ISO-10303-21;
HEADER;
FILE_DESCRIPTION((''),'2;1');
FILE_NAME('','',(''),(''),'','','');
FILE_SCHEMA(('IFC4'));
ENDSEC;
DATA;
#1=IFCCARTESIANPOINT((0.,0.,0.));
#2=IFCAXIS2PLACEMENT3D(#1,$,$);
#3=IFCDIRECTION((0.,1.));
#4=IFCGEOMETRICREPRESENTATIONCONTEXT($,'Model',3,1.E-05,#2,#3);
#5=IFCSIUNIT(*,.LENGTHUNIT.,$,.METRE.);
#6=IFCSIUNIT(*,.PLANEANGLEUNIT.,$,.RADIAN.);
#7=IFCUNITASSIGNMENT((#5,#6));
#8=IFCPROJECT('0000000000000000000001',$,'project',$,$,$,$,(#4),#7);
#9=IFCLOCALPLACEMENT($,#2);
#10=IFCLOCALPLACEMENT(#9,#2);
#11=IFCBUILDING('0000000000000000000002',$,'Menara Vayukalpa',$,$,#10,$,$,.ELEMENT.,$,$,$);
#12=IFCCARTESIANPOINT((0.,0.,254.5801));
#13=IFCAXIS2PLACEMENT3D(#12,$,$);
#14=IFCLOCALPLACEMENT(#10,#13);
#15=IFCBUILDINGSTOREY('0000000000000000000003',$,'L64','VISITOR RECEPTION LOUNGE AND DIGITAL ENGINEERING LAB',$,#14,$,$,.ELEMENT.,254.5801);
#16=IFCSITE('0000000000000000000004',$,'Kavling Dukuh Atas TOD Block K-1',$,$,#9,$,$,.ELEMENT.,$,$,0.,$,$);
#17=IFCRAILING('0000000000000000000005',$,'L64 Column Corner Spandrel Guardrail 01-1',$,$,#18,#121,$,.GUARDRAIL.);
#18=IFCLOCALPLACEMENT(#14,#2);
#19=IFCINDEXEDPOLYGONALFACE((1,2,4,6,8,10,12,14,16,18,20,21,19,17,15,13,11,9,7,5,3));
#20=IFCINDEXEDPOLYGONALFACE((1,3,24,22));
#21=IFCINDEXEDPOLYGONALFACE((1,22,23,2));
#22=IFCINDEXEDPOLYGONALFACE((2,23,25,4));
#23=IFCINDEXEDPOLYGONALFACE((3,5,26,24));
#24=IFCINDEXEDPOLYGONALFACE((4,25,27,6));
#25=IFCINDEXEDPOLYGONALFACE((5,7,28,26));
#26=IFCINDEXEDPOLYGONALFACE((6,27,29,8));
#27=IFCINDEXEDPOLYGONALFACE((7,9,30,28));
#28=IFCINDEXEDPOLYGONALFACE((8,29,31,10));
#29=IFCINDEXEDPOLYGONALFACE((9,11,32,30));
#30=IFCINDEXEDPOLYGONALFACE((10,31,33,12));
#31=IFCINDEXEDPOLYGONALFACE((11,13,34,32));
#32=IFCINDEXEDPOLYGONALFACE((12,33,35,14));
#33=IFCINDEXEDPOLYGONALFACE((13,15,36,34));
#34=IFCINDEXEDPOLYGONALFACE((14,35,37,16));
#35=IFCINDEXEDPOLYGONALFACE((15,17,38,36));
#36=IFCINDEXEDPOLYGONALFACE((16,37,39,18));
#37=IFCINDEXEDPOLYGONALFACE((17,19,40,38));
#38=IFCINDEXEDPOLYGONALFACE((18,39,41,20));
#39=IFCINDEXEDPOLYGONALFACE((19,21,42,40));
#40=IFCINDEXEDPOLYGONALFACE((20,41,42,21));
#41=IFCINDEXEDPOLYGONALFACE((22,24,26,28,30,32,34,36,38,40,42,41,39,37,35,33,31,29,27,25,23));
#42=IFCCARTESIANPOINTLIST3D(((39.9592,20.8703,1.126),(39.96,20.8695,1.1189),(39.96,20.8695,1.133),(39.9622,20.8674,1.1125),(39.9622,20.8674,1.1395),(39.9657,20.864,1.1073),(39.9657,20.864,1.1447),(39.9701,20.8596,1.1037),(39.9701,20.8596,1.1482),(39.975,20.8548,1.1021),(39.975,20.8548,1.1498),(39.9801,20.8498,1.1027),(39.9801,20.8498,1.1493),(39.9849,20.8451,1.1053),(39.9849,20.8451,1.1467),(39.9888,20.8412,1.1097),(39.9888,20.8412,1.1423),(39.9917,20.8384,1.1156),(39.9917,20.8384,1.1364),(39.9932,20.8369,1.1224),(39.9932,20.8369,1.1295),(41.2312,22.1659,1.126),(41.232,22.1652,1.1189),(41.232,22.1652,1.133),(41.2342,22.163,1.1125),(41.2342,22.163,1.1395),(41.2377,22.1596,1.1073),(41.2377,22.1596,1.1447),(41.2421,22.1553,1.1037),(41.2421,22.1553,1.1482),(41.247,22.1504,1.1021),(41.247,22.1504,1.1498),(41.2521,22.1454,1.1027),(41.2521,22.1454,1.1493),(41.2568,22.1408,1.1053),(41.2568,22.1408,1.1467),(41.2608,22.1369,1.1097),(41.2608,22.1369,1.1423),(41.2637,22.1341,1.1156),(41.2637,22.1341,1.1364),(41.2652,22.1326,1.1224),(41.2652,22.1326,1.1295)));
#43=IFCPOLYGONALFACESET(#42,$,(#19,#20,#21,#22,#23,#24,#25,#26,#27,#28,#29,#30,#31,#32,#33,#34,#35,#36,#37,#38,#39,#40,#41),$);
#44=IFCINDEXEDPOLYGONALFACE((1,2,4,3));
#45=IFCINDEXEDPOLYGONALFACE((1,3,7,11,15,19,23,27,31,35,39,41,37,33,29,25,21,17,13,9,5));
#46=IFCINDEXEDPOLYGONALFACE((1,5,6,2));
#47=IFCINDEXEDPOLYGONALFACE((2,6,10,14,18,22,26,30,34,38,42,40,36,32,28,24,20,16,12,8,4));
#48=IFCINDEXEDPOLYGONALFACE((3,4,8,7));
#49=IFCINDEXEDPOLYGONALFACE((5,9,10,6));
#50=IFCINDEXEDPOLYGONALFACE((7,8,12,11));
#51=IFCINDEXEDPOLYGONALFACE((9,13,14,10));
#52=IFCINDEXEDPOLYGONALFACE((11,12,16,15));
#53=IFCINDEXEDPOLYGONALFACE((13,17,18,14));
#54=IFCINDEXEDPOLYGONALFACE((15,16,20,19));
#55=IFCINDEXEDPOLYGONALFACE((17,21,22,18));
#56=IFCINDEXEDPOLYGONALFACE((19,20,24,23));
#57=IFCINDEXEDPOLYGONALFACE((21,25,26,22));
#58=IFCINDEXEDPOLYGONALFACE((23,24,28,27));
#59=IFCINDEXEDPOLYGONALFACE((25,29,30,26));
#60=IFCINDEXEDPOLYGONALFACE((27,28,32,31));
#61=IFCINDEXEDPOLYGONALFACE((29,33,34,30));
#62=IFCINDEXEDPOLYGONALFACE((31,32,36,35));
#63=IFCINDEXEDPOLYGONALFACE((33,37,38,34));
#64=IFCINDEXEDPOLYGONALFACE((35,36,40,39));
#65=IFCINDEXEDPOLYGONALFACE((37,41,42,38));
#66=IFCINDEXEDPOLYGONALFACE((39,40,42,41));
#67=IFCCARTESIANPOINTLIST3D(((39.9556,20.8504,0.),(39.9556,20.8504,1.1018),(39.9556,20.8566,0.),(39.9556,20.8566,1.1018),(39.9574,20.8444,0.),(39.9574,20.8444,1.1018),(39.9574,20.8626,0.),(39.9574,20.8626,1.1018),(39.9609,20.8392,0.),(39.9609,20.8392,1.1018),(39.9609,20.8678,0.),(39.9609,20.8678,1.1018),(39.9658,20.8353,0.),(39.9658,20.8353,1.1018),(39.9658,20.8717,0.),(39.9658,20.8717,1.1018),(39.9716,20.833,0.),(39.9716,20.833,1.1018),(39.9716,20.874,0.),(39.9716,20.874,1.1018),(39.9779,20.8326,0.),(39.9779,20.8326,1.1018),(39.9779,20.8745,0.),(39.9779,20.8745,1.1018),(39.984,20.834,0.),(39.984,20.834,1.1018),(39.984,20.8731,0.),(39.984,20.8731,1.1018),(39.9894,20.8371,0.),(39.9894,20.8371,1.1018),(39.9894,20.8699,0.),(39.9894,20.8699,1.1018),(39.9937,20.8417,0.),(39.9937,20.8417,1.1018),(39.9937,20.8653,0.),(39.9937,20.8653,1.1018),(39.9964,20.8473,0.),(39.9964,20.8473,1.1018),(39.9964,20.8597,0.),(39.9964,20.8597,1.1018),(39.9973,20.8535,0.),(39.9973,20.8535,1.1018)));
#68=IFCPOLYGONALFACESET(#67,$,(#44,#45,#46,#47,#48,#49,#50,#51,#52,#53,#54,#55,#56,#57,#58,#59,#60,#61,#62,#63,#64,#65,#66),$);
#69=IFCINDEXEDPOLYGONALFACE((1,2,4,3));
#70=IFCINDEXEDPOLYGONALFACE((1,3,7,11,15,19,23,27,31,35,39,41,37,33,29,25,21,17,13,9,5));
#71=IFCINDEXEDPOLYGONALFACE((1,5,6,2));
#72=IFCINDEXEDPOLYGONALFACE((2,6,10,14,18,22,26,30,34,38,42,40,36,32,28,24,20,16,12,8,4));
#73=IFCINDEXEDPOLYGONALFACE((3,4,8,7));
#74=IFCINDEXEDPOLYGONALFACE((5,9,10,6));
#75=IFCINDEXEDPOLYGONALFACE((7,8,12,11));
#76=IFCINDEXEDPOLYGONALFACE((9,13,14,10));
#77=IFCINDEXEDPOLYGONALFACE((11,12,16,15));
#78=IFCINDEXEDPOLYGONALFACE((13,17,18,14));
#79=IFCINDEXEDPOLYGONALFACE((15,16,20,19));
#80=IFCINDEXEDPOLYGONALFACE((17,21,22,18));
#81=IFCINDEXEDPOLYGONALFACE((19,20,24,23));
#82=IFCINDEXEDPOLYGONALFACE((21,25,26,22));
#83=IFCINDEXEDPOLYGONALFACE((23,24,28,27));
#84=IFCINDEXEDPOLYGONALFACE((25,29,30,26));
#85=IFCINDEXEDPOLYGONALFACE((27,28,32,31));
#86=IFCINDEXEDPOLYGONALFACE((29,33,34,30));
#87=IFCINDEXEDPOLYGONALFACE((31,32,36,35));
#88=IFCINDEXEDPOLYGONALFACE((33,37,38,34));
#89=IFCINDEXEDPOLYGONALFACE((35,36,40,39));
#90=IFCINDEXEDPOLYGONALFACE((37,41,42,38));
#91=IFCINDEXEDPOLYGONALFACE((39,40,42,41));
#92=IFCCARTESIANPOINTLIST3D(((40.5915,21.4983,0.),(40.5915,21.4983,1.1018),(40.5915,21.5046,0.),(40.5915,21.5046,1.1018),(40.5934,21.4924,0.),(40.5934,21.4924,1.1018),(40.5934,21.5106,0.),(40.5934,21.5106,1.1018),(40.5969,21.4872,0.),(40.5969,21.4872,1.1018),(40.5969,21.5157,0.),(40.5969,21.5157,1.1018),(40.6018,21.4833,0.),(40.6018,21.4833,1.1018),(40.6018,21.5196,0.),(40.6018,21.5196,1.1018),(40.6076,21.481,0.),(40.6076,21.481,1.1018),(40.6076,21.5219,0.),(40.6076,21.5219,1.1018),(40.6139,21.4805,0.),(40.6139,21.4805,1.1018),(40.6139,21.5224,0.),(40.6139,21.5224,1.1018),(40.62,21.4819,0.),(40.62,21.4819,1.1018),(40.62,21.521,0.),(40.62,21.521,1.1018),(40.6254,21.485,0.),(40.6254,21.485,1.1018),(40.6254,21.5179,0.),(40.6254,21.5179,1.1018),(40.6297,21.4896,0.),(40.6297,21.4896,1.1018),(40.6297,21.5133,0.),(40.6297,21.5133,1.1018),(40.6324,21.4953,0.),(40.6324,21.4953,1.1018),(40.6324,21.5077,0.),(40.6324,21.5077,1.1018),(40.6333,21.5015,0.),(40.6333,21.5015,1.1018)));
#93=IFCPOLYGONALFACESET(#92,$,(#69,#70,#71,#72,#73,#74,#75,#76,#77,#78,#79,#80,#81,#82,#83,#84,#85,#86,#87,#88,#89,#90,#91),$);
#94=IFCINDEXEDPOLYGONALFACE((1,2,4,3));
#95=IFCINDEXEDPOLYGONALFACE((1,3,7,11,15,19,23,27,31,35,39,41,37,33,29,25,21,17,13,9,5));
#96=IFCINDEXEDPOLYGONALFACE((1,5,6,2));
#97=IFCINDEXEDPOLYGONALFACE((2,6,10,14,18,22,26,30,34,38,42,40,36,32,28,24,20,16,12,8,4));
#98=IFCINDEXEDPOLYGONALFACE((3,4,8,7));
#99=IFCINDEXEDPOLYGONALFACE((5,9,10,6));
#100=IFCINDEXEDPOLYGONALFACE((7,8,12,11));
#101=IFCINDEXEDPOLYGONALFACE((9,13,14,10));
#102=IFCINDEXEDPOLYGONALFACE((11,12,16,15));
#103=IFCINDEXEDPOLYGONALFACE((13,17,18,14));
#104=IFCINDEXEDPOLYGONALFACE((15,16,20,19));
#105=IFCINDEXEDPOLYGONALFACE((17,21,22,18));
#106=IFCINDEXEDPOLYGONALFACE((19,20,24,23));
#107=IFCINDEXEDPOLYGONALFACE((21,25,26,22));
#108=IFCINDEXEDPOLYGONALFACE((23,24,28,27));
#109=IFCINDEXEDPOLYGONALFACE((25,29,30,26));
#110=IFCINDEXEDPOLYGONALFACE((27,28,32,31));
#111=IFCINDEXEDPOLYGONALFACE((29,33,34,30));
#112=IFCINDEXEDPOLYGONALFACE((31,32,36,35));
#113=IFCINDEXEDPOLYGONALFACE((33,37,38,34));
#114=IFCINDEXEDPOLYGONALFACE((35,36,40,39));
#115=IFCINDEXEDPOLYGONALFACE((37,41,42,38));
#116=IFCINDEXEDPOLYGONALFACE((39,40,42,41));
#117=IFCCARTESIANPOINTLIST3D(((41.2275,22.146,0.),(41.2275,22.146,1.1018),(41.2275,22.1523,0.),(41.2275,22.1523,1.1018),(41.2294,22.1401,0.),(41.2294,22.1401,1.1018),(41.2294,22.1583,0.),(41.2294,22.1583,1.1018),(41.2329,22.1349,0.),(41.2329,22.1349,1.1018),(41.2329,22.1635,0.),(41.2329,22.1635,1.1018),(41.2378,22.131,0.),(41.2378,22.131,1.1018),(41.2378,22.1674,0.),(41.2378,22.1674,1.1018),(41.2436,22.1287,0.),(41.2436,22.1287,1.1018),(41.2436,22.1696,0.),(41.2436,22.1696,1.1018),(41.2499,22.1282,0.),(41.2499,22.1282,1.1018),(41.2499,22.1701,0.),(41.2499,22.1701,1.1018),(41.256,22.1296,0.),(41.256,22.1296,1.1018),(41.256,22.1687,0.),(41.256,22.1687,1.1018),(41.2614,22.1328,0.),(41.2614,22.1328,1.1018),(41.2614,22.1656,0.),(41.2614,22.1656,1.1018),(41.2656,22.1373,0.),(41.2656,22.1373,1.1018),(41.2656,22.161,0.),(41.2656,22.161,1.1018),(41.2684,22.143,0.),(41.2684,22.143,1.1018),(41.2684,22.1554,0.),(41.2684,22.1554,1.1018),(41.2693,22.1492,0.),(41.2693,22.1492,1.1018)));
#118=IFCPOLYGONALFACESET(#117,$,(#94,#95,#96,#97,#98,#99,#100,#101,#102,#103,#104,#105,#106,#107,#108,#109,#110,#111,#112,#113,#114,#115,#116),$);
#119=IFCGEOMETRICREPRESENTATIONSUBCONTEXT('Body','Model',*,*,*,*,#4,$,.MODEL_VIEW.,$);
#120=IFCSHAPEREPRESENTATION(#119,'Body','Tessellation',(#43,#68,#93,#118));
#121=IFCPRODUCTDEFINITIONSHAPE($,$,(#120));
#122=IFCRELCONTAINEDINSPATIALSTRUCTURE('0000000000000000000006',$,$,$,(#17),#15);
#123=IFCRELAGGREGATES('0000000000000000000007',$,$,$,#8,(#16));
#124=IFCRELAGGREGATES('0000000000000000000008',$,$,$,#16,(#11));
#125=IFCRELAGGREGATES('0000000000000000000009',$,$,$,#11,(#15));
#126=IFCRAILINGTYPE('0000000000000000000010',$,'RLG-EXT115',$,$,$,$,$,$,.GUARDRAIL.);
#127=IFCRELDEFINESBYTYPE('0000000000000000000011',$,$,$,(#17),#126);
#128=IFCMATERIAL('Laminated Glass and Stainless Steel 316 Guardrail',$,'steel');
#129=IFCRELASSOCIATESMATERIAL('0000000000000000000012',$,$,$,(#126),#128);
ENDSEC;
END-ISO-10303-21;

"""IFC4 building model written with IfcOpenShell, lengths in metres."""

from ifc_helpers import new_model, si_unit, direction, frame, origin, origin_2d, place, context, subcontext, project, spatial, circle, extrude, material, type_object, element, save


model = new_model("IFC4")

# Units and contexts
model_context = context("Model", 3, precision=1e-05, world=origin(), true_north=direction((0.0, 1.0)))
body_context = subcontext(model_context, "Body", "Model", "MODEL_VIEW")
ifc_project = project(units=[si_unit("LENGTHUNIT", "METRE"), si_unit("PLANEANGLEUNIT", "RADIAN")], contexts=[model_context])

# Site, building, storey
site_placement = place(None, origin())
site = spatial("IfcSite", under=ifc_project, at=site_placement, Name="Kavling Dukuh Atas TOD Block K-1", CompositionType="ELEMENT", RefElevation=0.0)
building_placement = place(site_placement, origin())
building = spatial("IfcBuilding", under=site, at=building_placement, Name="Menara Vayukalpa", CompositionType="ELEMENT")
storey_placement = place(building_placement, frame((0.0, 0.0, 254.5801)))
storey = spatial("IfcBuildingStorey", under=building, at=storey_placement, Name="L64", Description="VISITOR RECEPTION LOUNGE AND DIGITAL ENGINEERING LAB", CompositionType="ELEMENT", Elevation=254.5801)

# Railing
ifc_material_1 = material(Name="Laminated Glass and Stainless Steel 316 Guardrail", Category="steel")
railing_type_1 = type_object("IfcRailingType", Name="RLG-EXT115", PredefinedType="GUARDRAIL", material=ifc_material_1)
railing_1_placement = place(storey_placement, frame((39.9763, 20.8535, 0.0)))
element("IfcRailing", 1, at=railing_1_placement, inside=storey, type_object=railing_type_1, Name="L64 Column Corner Spandrel Guardrail 01-1", PredefinedType="GUARDRAIL", context=body_context, shape_type="SweptSolid", body=[
    extrude(circle(Radius=0.0239, at=origin_2d()), frame((0.0, 0.0, 1.126), z_axis=(0.700555, 0.713598, 0.0), x_axis=(-0.713598, 0.700555, 0.0)), (0.0, 0.0, 1.0), 1.8157),
    extrude(circle(Radius=0.021, at=origin_2d()), origin(), (0.0, 0.0, 1.0), 1.1018),
    extrude(circle(Radius=0.021, at=origin_2d()), frame((0.636, 0.6479, 0.0)), (0.0, 0.0, 1.0), 1.1018),
    extrude(circle(Radius=0.021, at=origin_2d()), frame((1.272, 1.2957, 0.0)), (0.0, 0.0, 1.0), 1.1018),
])

save(model, "model.ifc")
